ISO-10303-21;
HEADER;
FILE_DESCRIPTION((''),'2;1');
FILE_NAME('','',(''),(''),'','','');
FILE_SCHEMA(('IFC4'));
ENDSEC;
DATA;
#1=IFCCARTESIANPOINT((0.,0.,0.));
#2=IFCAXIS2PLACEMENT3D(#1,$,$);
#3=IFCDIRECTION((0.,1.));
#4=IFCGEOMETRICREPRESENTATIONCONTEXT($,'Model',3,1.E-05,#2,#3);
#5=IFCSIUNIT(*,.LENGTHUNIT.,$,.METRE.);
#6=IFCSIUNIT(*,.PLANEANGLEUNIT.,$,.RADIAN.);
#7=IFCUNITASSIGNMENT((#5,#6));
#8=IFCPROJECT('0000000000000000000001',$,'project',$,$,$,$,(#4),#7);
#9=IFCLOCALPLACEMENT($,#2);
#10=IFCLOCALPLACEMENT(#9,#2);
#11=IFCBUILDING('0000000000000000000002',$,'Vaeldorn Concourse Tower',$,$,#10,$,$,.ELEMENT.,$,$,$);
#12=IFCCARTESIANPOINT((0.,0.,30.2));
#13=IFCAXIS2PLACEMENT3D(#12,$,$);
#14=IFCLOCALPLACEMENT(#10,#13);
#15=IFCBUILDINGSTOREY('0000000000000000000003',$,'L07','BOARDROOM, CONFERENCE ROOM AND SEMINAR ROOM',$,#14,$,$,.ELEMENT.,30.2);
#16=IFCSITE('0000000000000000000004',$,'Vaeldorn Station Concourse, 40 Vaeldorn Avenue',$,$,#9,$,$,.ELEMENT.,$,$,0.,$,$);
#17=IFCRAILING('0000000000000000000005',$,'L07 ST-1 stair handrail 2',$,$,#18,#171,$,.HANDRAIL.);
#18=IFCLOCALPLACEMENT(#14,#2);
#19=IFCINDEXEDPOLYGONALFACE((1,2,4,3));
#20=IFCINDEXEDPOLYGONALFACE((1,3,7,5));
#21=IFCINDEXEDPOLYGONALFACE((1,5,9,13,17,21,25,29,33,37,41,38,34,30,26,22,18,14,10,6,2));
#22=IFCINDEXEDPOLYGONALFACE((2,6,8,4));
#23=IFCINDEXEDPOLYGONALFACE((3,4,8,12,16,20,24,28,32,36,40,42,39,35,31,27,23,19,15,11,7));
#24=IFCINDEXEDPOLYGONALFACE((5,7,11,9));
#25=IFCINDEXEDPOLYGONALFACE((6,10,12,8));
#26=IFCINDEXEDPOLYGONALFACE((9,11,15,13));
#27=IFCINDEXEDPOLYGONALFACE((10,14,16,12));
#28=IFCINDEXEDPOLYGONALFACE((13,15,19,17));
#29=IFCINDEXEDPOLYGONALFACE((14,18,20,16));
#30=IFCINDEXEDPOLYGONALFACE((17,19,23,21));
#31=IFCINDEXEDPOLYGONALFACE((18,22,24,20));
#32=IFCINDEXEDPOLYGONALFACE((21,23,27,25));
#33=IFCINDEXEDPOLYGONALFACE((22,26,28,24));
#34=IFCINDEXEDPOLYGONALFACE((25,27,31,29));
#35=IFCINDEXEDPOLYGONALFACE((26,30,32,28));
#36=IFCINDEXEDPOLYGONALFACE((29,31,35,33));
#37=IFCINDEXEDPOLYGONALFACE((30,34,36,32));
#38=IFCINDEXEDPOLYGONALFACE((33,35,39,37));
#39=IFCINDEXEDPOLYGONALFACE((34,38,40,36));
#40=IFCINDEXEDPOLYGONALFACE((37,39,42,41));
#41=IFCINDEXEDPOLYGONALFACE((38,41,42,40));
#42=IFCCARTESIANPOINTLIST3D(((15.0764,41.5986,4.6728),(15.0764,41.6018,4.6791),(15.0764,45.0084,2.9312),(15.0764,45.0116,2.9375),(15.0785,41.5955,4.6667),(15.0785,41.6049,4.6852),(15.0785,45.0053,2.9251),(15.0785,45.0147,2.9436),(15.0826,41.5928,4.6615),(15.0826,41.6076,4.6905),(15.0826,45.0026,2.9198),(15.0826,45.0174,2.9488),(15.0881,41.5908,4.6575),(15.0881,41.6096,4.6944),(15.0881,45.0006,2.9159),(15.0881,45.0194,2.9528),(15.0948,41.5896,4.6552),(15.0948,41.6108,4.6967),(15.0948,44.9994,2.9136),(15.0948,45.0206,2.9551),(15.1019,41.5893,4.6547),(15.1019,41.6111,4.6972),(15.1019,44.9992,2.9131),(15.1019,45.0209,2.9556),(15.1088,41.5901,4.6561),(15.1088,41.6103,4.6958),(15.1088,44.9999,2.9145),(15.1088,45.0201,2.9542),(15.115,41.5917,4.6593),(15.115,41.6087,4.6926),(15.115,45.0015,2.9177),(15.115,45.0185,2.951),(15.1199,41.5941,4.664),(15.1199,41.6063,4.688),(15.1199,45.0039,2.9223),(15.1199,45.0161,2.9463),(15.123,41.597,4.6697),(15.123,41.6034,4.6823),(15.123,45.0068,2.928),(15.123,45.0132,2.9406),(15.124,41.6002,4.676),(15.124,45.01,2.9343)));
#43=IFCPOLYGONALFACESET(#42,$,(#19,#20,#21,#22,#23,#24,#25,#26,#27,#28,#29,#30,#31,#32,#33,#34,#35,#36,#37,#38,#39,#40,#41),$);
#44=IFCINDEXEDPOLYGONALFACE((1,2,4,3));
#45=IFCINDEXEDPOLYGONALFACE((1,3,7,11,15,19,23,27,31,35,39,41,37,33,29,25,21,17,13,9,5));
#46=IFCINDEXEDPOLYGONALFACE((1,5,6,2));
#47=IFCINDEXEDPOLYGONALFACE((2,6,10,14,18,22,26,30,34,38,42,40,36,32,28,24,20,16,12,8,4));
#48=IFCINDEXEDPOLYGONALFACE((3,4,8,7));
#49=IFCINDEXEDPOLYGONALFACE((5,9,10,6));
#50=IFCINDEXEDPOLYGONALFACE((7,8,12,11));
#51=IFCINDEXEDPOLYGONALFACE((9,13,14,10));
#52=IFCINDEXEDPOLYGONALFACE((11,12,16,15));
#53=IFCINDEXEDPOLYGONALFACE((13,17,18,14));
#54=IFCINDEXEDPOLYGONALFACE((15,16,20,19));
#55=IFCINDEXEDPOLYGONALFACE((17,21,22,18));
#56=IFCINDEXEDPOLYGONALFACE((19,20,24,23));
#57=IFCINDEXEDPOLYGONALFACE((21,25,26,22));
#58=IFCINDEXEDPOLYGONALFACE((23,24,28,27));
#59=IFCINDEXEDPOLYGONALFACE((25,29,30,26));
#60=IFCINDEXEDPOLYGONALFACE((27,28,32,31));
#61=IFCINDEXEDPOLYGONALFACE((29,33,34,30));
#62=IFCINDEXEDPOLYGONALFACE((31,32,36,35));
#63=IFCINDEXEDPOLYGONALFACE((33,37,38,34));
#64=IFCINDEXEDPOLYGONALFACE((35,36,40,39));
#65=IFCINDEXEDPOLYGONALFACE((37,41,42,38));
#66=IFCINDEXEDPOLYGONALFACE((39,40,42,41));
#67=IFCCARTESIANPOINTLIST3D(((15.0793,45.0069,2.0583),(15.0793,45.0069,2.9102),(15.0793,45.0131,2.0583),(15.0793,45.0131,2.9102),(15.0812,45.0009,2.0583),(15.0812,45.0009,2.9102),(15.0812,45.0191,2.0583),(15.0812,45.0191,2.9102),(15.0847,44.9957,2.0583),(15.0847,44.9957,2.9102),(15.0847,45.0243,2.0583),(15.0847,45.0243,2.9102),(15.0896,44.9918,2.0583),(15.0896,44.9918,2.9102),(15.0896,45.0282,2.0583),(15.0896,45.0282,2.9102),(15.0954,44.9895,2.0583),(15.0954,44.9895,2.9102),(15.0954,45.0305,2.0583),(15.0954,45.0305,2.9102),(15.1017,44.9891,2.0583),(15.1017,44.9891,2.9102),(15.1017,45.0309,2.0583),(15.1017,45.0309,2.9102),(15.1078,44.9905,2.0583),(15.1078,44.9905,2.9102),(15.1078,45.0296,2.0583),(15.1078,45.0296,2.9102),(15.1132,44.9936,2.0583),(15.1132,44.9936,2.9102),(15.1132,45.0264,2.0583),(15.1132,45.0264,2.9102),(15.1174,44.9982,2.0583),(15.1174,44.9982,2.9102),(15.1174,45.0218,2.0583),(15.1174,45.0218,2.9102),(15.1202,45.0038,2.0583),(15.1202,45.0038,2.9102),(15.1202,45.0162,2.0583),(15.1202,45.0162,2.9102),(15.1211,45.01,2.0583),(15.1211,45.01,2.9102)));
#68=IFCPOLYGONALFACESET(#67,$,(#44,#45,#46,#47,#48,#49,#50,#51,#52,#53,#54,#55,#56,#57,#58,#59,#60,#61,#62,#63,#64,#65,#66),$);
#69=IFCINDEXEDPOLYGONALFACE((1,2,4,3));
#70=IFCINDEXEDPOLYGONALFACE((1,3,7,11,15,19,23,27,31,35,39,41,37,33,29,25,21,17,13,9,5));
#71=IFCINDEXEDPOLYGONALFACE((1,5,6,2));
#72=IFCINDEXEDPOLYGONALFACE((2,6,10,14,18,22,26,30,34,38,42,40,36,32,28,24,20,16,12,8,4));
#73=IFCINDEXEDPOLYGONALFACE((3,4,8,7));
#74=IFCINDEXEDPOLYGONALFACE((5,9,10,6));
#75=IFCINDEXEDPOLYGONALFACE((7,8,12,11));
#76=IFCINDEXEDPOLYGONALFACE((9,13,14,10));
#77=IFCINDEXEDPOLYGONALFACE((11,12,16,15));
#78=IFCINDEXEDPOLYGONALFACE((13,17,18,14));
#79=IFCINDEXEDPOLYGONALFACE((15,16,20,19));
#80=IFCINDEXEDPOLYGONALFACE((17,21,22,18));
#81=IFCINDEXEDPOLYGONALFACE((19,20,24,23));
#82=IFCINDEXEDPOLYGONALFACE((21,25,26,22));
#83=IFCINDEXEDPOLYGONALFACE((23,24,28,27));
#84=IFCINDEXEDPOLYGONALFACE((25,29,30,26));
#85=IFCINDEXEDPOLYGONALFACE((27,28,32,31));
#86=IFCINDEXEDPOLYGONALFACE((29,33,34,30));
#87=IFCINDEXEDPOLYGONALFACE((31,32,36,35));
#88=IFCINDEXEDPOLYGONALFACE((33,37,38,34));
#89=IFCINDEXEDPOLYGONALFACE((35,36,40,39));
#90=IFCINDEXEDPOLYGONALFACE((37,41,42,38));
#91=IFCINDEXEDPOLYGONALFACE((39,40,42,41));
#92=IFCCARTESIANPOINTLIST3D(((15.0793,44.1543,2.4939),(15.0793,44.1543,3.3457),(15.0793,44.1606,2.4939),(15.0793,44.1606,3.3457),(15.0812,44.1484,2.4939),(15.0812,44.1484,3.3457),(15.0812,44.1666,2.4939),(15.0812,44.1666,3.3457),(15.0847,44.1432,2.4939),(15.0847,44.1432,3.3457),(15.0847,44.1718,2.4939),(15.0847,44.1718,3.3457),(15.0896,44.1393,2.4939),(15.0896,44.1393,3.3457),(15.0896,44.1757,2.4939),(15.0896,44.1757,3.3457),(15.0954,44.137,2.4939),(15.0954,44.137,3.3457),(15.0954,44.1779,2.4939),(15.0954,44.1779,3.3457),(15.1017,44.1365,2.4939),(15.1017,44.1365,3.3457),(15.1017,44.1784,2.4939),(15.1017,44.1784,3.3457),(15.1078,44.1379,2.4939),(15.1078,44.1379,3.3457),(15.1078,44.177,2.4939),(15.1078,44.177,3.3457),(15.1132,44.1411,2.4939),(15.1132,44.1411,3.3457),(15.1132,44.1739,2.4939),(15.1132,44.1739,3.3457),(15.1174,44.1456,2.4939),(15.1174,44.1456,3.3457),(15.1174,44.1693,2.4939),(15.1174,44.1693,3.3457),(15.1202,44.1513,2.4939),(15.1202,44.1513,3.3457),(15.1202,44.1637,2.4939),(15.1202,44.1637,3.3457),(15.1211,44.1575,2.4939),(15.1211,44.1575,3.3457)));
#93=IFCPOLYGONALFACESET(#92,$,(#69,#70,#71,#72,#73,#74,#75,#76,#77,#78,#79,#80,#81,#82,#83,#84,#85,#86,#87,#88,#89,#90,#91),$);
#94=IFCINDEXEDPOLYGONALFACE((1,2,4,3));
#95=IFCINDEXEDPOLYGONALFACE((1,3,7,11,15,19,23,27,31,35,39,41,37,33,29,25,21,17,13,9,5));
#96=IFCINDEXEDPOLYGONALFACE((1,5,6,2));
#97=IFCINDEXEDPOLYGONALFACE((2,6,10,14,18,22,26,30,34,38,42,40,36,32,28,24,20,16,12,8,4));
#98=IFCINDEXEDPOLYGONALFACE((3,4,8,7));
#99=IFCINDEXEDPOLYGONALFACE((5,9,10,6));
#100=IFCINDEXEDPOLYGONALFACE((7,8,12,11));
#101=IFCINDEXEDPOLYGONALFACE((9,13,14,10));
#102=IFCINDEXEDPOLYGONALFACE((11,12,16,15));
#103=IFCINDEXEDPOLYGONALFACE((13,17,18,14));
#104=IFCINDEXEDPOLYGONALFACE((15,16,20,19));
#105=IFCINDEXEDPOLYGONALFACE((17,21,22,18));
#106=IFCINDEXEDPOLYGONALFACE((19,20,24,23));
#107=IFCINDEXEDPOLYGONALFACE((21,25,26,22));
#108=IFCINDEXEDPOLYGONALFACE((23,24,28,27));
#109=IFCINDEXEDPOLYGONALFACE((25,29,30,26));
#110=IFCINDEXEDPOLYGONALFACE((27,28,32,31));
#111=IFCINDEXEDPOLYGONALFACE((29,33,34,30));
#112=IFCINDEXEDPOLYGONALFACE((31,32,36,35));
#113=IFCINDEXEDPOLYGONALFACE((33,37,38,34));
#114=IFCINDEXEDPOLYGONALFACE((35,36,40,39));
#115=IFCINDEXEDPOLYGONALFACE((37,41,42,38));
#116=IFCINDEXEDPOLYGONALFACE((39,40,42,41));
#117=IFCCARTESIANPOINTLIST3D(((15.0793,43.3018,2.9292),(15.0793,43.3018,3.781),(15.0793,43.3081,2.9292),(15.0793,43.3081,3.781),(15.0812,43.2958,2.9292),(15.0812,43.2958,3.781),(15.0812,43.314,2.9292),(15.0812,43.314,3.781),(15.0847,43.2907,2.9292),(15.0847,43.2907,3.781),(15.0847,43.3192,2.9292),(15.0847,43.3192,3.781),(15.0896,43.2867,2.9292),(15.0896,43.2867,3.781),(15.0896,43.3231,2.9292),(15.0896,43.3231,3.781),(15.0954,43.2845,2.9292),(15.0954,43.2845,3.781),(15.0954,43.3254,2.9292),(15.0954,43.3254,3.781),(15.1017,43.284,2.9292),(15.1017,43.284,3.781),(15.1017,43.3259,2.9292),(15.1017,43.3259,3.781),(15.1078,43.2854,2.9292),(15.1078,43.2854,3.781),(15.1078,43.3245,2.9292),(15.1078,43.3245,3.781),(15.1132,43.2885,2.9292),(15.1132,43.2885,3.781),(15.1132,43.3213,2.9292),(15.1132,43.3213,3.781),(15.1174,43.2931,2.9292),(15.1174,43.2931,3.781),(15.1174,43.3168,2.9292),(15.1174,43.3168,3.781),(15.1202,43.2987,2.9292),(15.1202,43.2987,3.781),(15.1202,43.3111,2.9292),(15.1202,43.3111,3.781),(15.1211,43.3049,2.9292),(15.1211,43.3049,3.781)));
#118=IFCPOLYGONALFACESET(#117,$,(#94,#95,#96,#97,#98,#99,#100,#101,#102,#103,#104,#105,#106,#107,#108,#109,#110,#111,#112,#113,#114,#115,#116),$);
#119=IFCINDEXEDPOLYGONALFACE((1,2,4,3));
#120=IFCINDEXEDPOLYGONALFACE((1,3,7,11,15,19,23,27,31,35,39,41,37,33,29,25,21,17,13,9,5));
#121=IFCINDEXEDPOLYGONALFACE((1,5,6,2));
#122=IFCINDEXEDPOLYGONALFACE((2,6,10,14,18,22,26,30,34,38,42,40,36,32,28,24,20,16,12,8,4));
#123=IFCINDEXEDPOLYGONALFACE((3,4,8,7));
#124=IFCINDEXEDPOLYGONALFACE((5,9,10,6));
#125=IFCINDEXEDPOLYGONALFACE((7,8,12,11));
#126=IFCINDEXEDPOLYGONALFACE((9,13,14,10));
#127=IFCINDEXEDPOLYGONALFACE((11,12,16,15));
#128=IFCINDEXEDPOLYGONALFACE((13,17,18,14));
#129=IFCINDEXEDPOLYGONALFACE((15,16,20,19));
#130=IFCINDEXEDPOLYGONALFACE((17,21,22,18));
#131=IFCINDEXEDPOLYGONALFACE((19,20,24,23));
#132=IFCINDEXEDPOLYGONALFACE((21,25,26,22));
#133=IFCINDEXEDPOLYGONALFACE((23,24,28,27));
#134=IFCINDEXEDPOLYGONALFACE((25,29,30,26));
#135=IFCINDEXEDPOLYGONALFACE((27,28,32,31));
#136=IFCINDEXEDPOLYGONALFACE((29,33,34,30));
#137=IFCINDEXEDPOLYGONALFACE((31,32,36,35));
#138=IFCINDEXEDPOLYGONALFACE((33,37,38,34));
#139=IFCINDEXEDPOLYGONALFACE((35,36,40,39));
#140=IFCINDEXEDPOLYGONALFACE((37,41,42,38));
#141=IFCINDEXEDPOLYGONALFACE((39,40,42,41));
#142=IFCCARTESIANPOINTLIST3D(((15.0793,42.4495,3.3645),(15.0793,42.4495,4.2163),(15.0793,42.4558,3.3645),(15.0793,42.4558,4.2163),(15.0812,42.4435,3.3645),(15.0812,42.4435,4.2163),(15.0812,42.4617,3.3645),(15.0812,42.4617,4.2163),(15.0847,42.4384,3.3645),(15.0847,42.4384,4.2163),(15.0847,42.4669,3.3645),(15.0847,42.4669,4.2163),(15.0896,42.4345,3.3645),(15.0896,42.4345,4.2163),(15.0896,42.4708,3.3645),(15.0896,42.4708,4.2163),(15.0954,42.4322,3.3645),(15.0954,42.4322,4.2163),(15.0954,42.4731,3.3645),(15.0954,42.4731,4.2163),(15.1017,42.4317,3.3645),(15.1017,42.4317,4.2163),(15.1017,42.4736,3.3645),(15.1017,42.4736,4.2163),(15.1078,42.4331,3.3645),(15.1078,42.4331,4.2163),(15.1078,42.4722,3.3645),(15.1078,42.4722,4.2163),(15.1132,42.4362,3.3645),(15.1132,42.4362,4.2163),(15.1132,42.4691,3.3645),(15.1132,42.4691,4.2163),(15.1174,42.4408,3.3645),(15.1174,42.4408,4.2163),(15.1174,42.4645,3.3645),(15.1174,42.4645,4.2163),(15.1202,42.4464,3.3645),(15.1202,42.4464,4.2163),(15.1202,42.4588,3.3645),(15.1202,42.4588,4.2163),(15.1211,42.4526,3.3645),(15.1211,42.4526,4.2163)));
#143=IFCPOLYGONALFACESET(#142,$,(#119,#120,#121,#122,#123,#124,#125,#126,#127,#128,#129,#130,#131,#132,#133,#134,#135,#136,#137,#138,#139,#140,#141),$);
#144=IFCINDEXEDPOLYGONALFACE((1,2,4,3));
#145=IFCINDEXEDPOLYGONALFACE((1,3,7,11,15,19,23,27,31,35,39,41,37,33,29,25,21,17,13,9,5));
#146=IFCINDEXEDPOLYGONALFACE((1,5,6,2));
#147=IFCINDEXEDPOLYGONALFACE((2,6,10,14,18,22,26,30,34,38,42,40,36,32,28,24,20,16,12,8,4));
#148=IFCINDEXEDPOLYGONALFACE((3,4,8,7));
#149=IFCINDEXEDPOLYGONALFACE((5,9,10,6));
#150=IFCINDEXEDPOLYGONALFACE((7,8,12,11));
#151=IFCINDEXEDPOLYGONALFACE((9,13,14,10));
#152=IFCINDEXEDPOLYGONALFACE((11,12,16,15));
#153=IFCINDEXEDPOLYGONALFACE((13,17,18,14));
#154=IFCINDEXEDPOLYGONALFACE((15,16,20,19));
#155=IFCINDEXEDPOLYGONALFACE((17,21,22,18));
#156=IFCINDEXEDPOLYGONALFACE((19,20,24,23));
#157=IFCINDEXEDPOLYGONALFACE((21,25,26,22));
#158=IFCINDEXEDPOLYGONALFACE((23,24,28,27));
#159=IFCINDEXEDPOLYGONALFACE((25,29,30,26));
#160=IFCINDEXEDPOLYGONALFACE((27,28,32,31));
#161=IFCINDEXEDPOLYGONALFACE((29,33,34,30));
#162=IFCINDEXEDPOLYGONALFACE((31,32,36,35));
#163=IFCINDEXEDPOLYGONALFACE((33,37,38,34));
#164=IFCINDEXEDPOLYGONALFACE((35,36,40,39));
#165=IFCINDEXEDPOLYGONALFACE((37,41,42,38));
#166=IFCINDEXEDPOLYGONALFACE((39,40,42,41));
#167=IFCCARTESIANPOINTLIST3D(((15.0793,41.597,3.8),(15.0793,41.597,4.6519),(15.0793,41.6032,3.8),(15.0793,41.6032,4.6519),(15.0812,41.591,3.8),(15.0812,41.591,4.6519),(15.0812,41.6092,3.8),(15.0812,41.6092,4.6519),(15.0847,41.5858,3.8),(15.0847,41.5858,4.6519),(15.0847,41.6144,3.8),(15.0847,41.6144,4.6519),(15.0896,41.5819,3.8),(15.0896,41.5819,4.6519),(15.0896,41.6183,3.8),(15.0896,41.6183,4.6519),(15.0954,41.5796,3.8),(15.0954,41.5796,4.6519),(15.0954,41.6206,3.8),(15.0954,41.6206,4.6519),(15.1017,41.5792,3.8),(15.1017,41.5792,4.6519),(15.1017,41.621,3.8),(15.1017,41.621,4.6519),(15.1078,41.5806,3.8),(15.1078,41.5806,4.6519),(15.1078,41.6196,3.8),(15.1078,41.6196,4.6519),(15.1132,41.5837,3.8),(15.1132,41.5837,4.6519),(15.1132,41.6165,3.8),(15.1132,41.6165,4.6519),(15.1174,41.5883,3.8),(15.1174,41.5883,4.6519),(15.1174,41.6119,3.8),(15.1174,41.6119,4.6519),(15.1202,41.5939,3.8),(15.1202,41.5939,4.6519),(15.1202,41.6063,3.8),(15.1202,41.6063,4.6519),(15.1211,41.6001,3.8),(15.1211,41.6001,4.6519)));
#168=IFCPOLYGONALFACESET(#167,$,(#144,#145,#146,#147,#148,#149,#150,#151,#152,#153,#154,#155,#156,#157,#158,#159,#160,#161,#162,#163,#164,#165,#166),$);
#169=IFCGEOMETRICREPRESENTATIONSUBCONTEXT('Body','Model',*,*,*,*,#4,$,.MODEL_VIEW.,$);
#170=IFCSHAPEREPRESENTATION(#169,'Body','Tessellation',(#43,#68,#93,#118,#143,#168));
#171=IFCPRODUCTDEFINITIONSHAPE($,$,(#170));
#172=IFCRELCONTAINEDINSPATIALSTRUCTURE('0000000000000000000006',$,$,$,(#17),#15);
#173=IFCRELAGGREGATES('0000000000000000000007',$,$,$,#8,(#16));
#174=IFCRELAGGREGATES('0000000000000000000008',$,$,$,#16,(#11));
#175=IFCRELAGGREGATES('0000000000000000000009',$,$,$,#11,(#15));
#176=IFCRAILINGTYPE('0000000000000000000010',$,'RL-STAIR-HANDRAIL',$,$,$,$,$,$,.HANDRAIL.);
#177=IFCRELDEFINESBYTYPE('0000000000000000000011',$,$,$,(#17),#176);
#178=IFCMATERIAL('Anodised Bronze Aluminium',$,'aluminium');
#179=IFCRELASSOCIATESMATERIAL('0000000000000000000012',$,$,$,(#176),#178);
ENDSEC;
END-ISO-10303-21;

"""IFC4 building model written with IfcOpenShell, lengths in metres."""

from ifc_helpers import new_model, si_unit, direction, frame, origin, origin_2d, place, context, subcontext, project, spatial, circle, extrude, material, type_object, element, save


model = new_model("IFC4")

# Units and contexts
model_context = context("Model", 3, precision=1e-05, world=origin(), true_north=direction((0.0, 1.0)))
body_context = subcontext(model_context, "Body", "Model", "MODEL_VIEW")
ifc_project = project(units=[si_unit("LENGTHUNIT", "METRE"), si_unit("PLANEANGLEUNIT", "RADIAN")], contexts=[model_context])

# Site, building, storey
site_placement = place(None, origin())
site = spatial("IfcSite", under=ifc_project, at=site_placement, Name="Vaeldorn Station Concourse, 40 Vaeldorn Avenue", CompositionType="ELEMENT", RefElevation=0.0)
building_placement = place(site_placement, origin())
building = spatial("IfcBuilding", under=site, at=building_placement, Name="Vaeldorn Concourse Tower", CompositionType="ELEMENT")
storey_placement = place(building_placement, frame((0.0, 0.0, 30.2)))
storey = spatial("IfcBuildingStorey", under=building, at=storey_placement, Name="L07", Description="BOARDROOM, CONFERENCE ROOM AND SEMINAR ROOM", CompositionType="ELEMENT", Elevation=30.2)

# Shared definitions
ifc_material_1 = material(Name="Anodised Bronze Aluminium", Category="aluminium")

# Railing
railing_type_1 = type_object("IfcRailingType", Name="RL-STAIR-HANDRAIL", PredefinedType="HANDRAIL", material=ifc_material_1)
railing_1_placement = place(storey_placement, frame((15.1001, 45.01, 2.0583)))
element("IfcRailing", 1, at=railing_1_placement, inside=storey, type_object=railing_type_1, Name="L07 ST-1 stair handrail 2", PredefinedType="HANDRAIL", context=body_context, shape_type="SweptSolid", body=[
    extrude(circle(Radius=0.0239, at=origin_2d()), frame((0.0, 0.0, 0.876), z_axis=(0.0, -0.890556, 0.454874), x_axis=(1.0, 0.0, 0.0)), (0.0, 0.0, 1.0), 3.8289),
    extrude(circle(Radius=0.021, at=origin_2d()), origin(), (0.0, 0.0, 1.0), 0.8518),
    extrude(circle(Radius=0.021, at=origin_2d()), frame((0.0, -0.8525, 0.4355)), (0.0, 0.0, 1.0), 0.8518),
    extrude(circle(Radius=0.021, at=origin_2d()), frame((0.0, -1.7051, 0.8708)), (0.0, 0.0, 1.0), 0.8518),
    extrude(circle(Radius=0.021, at=origin_2d()), frame((0.0, -2.5574, 1.3062)), (0.0, 0.0, 1.0), 0.8518),
    extrude(circle(Radius=0.021, at=origin_2d()), frame((0.0, -3.4099, 1.7417)), (0.0, 0.0, 1.0), 0.8518),
])

save(model, "model.ifc")
